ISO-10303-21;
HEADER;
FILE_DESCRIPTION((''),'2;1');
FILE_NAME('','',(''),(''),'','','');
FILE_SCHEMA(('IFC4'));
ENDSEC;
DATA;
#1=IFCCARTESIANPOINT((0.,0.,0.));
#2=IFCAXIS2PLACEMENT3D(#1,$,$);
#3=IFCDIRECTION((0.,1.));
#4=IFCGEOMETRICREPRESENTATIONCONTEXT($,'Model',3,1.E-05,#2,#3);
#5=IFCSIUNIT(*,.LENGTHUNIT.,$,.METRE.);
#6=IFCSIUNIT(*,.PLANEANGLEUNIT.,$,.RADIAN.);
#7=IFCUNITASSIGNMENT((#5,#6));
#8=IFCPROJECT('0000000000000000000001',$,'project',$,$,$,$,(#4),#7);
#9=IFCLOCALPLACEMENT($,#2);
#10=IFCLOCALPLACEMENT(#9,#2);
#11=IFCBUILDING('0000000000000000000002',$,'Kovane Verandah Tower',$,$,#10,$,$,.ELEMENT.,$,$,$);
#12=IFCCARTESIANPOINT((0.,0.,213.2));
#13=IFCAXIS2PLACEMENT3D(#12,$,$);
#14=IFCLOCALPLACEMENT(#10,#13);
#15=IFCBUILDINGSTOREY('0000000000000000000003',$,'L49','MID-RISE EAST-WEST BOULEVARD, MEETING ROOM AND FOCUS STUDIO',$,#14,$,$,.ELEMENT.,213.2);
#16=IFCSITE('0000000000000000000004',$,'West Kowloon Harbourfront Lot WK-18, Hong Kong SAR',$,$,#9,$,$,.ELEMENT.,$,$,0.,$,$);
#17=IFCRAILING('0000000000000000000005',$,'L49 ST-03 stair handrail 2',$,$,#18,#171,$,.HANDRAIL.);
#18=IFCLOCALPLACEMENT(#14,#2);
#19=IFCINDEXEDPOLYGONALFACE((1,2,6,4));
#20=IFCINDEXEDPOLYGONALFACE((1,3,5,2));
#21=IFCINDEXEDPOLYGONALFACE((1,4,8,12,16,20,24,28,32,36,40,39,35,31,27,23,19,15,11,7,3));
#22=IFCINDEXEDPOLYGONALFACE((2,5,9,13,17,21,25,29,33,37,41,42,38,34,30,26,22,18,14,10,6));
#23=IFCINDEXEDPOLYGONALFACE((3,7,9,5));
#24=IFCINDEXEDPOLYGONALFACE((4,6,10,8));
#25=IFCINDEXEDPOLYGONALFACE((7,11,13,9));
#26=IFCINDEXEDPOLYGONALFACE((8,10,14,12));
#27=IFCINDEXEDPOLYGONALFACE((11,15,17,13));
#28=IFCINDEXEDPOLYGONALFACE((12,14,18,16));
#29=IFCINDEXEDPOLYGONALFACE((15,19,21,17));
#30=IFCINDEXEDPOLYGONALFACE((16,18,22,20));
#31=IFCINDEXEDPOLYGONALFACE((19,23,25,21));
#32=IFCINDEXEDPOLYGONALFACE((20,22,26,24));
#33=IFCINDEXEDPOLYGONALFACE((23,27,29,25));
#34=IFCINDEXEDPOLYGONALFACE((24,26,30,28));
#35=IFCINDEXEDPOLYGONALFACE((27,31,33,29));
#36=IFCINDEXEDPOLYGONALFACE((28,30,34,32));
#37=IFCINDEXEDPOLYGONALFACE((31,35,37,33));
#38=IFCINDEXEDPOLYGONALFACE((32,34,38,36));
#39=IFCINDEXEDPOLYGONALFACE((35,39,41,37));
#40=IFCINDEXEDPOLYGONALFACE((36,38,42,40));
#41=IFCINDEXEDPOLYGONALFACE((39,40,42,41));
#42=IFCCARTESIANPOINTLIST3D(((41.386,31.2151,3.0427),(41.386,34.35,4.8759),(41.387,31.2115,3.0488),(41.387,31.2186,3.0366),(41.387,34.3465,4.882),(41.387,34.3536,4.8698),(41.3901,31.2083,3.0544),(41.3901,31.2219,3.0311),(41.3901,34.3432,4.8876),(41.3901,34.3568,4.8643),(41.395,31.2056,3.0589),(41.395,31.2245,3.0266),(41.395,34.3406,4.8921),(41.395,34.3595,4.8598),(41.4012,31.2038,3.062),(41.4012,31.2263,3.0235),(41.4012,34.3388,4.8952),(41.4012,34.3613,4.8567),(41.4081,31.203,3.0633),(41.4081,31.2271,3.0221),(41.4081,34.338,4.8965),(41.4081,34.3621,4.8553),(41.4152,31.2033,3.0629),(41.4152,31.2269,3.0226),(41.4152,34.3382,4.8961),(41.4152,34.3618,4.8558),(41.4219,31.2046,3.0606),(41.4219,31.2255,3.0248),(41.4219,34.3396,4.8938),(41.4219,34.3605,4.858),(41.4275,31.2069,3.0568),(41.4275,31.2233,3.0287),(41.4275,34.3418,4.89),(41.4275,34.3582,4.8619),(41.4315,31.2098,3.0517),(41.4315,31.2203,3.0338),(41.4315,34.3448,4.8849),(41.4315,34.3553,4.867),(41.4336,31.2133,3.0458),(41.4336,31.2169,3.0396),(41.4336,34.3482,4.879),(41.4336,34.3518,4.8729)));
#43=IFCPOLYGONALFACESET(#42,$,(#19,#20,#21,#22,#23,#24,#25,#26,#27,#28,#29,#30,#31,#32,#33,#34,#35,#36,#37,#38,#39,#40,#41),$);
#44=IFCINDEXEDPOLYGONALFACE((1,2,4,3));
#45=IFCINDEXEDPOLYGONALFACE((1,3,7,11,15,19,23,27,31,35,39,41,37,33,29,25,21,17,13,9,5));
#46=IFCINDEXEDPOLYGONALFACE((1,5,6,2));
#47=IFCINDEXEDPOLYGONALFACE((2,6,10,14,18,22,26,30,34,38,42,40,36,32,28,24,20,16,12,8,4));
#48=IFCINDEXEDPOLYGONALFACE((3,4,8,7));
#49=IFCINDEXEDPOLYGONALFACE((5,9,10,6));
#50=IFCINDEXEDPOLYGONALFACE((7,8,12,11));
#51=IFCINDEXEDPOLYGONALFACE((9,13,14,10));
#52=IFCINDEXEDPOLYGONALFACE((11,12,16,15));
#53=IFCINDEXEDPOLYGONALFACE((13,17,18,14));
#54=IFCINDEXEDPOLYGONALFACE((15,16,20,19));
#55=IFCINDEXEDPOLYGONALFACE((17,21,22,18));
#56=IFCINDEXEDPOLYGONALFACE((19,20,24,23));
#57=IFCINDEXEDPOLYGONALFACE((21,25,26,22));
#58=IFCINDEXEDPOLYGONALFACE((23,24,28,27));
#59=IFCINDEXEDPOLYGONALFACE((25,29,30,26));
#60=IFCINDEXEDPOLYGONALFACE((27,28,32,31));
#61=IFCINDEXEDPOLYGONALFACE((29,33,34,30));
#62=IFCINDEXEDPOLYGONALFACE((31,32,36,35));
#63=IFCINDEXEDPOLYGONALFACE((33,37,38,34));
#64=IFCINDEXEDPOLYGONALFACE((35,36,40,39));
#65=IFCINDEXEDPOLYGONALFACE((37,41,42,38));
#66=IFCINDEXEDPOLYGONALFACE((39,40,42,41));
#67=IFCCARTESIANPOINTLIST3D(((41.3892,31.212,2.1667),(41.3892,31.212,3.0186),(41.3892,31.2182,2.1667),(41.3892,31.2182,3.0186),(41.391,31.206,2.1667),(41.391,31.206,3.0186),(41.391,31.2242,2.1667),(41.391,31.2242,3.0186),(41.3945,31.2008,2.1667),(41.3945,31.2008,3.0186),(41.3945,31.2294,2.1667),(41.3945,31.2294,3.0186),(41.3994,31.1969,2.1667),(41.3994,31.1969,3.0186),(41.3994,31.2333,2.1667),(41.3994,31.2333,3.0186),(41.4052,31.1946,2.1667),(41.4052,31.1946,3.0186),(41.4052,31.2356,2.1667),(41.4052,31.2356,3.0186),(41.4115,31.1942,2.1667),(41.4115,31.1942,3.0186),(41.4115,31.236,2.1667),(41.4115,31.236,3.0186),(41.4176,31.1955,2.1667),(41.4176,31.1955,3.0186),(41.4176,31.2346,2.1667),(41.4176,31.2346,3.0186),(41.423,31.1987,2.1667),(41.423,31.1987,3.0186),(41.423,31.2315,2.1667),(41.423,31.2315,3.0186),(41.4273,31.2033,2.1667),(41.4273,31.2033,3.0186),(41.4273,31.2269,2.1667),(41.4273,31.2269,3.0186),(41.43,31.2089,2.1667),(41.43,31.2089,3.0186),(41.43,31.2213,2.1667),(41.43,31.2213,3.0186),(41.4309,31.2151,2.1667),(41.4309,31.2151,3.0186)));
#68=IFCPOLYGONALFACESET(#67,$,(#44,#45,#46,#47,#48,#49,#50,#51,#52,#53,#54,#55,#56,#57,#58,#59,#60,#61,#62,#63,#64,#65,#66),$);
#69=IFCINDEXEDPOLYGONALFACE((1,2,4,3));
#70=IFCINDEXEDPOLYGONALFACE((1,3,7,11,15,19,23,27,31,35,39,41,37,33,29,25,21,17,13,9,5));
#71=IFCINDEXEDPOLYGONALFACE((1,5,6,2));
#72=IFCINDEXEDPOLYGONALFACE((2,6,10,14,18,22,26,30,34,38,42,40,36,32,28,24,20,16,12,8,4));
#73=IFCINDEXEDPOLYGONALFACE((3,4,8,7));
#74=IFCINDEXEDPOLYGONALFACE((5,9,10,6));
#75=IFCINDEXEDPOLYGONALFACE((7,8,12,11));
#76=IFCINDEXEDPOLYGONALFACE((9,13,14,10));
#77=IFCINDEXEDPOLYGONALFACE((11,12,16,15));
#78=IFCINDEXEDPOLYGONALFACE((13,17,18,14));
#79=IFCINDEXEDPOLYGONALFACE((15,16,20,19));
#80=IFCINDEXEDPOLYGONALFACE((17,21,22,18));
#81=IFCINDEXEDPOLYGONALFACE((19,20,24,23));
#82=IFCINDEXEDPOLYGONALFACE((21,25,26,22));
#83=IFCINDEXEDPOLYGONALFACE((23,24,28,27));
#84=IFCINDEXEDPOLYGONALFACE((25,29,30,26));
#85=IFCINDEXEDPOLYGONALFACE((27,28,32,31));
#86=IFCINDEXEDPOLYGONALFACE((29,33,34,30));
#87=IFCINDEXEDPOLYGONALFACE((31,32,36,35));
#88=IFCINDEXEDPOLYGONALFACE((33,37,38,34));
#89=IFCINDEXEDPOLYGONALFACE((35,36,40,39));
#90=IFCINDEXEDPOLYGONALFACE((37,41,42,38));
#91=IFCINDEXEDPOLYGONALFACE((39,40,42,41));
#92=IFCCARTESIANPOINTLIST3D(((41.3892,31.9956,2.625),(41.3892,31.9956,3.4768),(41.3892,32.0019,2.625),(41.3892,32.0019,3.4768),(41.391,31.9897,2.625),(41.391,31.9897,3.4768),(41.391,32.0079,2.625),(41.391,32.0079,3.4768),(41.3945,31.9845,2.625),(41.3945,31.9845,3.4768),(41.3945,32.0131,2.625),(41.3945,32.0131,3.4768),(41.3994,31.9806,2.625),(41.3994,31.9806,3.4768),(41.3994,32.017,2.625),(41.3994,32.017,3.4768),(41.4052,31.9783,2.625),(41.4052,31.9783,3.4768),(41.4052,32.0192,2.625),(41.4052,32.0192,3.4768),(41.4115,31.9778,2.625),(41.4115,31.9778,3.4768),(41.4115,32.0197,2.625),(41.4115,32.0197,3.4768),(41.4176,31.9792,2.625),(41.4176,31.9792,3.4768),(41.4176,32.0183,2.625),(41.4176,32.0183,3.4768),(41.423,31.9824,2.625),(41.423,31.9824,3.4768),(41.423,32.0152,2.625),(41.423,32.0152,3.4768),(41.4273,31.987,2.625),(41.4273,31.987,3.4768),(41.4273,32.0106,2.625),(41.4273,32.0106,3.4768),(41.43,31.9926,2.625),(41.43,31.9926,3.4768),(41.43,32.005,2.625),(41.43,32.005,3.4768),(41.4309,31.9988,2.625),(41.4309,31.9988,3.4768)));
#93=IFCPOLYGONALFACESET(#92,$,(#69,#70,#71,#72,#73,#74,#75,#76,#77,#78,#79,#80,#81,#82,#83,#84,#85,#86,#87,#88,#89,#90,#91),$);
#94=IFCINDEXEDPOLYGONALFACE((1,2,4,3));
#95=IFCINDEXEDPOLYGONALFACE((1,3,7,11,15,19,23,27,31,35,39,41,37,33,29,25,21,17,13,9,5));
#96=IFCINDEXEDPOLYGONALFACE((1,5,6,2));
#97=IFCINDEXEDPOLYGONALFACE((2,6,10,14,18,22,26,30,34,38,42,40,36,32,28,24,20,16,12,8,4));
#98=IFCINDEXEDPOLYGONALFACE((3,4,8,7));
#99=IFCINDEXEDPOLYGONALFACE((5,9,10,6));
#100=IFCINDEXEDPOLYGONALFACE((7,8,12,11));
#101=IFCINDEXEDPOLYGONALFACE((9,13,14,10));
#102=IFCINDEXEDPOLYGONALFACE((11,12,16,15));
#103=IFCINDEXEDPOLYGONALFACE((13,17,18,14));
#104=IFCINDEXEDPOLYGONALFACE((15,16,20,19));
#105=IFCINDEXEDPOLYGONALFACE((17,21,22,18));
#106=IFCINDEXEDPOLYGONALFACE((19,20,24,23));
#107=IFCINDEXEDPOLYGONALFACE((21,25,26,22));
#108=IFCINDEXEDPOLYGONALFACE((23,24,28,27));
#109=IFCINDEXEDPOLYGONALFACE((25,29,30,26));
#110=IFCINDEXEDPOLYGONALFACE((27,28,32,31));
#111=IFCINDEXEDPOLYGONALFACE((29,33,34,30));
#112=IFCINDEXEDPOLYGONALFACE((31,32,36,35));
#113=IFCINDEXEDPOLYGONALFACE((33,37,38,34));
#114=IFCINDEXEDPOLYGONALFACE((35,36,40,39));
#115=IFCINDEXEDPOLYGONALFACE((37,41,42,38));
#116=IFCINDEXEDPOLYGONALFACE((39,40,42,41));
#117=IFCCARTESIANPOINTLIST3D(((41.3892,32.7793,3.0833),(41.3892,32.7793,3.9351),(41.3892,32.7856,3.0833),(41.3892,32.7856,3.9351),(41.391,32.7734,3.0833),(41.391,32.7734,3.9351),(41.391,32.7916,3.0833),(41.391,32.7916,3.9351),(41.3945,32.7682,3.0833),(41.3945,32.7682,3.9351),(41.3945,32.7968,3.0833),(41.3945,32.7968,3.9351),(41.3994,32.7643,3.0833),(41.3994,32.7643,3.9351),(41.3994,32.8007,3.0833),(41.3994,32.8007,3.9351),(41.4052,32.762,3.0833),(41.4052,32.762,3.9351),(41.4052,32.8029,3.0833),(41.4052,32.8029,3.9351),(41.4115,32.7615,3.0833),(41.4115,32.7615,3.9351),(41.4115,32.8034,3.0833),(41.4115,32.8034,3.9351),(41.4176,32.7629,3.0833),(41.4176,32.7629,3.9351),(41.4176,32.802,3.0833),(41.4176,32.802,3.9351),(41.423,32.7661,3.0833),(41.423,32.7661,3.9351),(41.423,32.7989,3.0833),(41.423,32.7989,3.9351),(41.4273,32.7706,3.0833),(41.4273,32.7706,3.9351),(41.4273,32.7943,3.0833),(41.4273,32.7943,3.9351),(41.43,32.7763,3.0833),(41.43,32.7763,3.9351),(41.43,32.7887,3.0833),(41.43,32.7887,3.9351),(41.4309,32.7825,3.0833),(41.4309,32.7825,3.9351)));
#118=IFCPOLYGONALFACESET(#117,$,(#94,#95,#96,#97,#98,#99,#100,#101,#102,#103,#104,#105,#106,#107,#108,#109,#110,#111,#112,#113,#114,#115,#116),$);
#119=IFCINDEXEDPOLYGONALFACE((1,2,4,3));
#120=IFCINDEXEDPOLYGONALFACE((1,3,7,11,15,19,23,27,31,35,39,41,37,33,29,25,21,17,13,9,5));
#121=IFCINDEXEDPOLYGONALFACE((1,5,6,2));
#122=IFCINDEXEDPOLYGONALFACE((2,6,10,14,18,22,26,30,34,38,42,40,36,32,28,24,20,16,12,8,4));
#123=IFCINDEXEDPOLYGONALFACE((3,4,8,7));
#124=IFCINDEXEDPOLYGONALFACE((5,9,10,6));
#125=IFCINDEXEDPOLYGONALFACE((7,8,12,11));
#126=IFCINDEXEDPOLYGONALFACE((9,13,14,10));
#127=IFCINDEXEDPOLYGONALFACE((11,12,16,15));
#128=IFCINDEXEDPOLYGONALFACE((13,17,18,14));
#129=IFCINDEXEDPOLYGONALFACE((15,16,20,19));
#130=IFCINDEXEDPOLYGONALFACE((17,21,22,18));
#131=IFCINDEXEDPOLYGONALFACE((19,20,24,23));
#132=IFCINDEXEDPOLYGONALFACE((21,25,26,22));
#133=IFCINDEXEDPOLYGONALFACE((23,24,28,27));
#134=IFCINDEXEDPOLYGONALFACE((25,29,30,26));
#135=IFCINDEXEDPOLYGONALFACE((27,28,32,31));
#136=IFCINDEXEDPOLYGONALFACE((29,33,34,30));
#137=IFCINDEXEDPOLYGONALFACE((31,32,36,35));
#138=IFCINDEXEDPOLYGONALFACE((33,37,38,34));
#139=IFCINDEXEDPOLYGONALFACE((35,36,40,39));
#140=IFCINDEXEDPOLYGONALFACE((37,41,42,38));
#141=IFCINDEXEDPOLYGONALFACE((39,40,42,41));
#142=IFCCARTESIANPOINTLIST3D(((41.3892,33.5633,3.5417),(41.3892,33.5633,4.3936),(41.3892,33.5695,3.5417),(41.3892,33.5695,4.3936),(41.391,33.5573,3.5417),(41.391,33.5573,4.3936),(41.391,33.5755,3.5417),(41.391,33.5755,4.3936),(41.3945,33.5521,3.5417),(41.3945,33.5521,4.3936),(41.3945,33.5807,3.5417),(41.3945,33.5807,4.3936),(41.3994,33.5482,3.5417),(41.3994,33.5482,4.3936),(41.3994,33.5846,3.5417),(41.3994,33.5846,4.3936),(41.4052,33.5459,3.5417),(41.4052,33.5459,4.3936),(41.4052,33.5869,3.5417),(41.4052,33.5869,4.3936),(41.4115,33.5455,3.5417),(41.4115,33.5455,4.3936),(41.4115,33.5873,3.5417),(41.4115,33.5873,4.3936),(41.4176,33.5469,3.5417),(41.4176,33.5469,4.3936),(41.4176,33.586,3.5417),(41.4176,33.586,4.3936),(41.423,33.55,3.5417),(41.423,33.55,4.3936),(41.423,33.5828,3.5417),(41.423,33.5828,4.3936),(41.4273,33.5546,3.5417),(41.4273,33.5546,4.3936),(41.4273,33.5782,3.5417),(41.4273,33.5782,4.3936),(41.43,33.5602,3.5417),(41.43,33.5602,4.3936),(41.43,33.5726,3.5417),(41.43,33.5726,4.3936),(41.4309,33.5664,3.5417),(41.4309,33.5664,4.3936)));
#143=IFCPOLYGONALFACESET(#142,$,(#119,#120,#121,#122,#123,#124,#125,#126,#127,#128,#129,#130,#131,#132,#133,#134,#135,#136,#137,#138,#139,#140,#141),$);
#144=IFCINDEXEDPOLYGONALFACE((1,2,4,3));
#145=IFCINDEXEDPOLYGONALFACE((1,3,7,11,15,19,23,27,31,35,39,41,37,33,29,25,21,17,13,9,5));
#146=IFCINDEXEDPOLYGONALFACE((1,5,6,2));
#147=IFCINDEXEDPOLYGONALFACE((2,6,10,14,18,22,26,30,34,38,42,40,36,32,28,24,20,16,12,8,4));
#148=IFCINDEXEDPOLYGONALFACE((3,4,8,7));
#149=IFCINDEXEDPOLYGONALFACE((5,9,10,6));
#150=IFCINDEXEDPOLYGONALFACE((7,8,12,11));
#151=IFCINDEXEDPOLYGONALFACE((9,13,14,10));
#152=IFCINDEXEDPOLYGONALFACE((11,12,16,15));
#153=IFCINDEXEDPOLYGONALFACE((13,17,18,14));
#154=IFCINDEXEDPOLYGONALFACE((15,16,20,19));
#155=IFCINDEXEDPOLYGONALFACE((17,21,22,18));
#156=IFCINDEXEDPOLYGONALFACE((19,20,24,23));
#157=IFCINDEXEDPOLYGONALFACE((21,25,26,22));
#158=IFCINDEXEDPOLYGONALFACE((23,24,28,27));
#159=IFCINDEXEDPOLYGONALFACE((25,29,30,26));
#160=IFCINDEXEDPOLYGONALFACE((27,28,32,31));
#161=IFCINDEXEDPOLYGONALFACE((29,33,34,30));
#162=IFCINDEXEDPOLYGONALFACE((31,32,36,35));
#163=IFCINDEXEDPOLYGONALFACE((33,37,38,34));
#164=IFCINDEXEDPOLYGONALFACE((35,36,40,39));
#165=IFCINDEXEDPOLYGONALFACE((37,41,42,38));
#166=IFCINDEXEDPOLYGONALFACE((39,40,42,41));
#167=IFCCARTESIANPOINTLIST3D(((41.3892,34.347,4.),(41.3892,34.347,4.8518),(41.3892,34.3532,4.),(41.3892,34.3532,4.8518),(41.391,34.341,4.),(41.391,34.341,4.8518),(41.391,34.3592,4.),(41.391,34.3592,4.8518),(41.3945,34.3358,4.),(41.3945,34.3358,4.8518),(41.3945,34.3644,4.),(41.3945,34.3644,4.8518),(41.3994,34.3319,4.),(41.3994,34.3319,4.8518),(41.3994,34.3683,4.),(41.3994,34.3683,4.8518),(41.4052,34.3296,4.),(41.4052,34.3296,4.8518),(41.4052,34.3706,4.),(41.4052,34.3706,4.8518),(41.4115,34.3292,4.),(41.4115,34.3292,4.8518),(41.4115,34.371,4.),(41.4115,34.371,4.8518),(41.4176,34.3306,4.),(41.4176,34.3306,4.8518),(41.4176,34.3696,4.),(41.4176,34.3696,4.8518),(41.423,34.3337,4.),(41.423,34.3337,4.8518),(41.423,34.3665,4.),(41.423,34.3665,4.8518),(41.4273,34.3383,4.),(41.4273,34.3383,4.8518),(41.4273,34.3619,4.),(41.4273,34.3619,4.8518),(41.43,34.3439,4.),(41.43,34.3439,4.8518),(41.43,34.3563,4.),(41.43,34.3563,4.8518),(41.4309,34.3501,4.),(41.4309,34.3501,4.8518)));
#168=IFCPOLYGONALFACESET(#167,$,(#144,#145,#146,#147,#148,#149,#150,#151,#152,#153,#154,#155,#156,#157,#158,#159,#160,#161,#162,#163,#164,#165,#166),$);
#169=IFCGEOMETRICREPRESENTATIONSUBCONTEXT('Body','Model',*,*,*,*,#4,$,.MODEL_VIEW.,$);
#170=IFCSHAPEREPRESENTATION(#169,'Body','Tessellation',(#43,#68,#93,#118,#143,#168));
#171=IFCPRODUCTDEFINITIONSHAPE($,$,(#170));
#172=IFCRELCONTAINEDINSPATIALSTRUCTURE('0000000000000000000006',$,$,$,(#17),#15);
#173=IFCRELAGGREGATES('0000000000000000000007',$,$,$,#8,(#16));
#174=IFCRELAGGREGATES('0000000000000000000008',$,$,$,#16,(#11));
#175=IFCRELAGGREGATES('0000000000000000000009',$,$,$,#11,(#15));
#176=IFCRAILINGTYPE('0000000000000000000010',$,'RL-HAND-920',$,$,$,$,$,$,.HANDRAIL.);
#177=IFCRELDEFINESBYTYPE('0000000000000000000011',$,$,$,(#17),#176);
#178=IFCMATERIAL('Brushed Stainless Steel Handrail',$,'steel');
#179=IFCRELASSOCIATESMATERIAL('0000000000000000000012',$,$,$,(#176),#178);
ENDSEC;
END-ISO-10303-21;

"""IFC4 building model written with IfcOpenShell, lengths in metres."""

from ifc_helpers import new_model, si_unit, direction, frame, origin, origin_2d, place, context, subcontext, project, spatial, circle, extrude, material, type_object, element, save


model = new_model("IFC4")

# Units and contexts
model_context = context("Model", 3, precision=1e-05, world=origin(), true_north=direction((0.0, 1.0)))
body_context = subcontext(model_context, "Body", "Model", "MODEL_VIEW")
ifc_project = project(units=[si_unit("LENGTHUNIT", "METRE"), si_unit("PLANEANGLEUNIT", "RADIAN")], contexts=[model_context])

# Site, building, storey
site_placement = place(None, origin())
site = spatial("IfcSite", under=ifc_project, at=site_placement, Name="West Kowloon Harbourfront Lot WK-18, Hong Kong SAR", CompositionType="ELEMENT", RefElevation=0.0)
building_placement = place(site_placement, origin())
building = spatial("IfcBuilding", under=site, at=building_placement, Name="Kovane Verandah Tower", CompositionType="ELEMENT")
storey_placement = place(building_placement, frame((0.0, 0.0, 213.2)))
storey = spatial("IfcBuildingStorey", under=building, at=storey_placement, Name="L49", Description="MID-RISE EAST-WEST BOULEVARD, MEETING ROOM AND FOCUS STUDIO", CompositionType="ELEMENT", Elevation=213.2)

# Railing
ifc_material_1 = material(Name="Brushed Stainless Steel Handrail", Category="steel")
railing_type_1 = type_object("IfcRailingType", Name="RL-HAND-920", PredefinedType="HANDRAIL", material=ifc_material_1)
railing_1_placement = place(storey_placement, frame((41.4099, 31.2151, 2.1667)))
element("IfcRailing", 1, at=railing_1_placement, inside=storey, type_object=railing_type_1, Name="L49 ST-03 stair handrail 2", PredefinedType="HANDRAIL", context=body_context, shape_type="SweptSolid", body=[
    extrude(circle(Radius=0.0239, at=origin_2d()), frame((0.0, 0.0, 0.876), z_axis=(0.0, 0.86324, 0.504794), x_axis=(-1.0, 0.0, 0.0)), (0.0, 0.0, 1.0), 3.6316),
    extrude(circle(Radius=0.021, at=origin_2d()), origin(), (0.0, 0.0, 1.0), 0.8518),
    extrude(circle(Radius=0.021, at=origin_2d()), frame((0.0, 0.7837, 0.4583)), (0.0, 0.0, 1.0), 0.8518),
    extrude(circle(Radius=0.021, at=origin_2d()), frame((0.0, 1.5674, 0.9165)), (0.0, 0.0, 1.0), 0.8518),
    extrude(circle(Radius=0.021, at=origin_2d()), frame((0.0, 2.3513, 1.375)), (0.0, 0.0, 1.0), 0.8518),
    extrude(circle(Radius=0.021, at=origin_2d()), frame((0.0, 3.135, 1.8333)), (0.0, 0.0, 1.0), 0.8518),
])

save(model, "model.ifc")
